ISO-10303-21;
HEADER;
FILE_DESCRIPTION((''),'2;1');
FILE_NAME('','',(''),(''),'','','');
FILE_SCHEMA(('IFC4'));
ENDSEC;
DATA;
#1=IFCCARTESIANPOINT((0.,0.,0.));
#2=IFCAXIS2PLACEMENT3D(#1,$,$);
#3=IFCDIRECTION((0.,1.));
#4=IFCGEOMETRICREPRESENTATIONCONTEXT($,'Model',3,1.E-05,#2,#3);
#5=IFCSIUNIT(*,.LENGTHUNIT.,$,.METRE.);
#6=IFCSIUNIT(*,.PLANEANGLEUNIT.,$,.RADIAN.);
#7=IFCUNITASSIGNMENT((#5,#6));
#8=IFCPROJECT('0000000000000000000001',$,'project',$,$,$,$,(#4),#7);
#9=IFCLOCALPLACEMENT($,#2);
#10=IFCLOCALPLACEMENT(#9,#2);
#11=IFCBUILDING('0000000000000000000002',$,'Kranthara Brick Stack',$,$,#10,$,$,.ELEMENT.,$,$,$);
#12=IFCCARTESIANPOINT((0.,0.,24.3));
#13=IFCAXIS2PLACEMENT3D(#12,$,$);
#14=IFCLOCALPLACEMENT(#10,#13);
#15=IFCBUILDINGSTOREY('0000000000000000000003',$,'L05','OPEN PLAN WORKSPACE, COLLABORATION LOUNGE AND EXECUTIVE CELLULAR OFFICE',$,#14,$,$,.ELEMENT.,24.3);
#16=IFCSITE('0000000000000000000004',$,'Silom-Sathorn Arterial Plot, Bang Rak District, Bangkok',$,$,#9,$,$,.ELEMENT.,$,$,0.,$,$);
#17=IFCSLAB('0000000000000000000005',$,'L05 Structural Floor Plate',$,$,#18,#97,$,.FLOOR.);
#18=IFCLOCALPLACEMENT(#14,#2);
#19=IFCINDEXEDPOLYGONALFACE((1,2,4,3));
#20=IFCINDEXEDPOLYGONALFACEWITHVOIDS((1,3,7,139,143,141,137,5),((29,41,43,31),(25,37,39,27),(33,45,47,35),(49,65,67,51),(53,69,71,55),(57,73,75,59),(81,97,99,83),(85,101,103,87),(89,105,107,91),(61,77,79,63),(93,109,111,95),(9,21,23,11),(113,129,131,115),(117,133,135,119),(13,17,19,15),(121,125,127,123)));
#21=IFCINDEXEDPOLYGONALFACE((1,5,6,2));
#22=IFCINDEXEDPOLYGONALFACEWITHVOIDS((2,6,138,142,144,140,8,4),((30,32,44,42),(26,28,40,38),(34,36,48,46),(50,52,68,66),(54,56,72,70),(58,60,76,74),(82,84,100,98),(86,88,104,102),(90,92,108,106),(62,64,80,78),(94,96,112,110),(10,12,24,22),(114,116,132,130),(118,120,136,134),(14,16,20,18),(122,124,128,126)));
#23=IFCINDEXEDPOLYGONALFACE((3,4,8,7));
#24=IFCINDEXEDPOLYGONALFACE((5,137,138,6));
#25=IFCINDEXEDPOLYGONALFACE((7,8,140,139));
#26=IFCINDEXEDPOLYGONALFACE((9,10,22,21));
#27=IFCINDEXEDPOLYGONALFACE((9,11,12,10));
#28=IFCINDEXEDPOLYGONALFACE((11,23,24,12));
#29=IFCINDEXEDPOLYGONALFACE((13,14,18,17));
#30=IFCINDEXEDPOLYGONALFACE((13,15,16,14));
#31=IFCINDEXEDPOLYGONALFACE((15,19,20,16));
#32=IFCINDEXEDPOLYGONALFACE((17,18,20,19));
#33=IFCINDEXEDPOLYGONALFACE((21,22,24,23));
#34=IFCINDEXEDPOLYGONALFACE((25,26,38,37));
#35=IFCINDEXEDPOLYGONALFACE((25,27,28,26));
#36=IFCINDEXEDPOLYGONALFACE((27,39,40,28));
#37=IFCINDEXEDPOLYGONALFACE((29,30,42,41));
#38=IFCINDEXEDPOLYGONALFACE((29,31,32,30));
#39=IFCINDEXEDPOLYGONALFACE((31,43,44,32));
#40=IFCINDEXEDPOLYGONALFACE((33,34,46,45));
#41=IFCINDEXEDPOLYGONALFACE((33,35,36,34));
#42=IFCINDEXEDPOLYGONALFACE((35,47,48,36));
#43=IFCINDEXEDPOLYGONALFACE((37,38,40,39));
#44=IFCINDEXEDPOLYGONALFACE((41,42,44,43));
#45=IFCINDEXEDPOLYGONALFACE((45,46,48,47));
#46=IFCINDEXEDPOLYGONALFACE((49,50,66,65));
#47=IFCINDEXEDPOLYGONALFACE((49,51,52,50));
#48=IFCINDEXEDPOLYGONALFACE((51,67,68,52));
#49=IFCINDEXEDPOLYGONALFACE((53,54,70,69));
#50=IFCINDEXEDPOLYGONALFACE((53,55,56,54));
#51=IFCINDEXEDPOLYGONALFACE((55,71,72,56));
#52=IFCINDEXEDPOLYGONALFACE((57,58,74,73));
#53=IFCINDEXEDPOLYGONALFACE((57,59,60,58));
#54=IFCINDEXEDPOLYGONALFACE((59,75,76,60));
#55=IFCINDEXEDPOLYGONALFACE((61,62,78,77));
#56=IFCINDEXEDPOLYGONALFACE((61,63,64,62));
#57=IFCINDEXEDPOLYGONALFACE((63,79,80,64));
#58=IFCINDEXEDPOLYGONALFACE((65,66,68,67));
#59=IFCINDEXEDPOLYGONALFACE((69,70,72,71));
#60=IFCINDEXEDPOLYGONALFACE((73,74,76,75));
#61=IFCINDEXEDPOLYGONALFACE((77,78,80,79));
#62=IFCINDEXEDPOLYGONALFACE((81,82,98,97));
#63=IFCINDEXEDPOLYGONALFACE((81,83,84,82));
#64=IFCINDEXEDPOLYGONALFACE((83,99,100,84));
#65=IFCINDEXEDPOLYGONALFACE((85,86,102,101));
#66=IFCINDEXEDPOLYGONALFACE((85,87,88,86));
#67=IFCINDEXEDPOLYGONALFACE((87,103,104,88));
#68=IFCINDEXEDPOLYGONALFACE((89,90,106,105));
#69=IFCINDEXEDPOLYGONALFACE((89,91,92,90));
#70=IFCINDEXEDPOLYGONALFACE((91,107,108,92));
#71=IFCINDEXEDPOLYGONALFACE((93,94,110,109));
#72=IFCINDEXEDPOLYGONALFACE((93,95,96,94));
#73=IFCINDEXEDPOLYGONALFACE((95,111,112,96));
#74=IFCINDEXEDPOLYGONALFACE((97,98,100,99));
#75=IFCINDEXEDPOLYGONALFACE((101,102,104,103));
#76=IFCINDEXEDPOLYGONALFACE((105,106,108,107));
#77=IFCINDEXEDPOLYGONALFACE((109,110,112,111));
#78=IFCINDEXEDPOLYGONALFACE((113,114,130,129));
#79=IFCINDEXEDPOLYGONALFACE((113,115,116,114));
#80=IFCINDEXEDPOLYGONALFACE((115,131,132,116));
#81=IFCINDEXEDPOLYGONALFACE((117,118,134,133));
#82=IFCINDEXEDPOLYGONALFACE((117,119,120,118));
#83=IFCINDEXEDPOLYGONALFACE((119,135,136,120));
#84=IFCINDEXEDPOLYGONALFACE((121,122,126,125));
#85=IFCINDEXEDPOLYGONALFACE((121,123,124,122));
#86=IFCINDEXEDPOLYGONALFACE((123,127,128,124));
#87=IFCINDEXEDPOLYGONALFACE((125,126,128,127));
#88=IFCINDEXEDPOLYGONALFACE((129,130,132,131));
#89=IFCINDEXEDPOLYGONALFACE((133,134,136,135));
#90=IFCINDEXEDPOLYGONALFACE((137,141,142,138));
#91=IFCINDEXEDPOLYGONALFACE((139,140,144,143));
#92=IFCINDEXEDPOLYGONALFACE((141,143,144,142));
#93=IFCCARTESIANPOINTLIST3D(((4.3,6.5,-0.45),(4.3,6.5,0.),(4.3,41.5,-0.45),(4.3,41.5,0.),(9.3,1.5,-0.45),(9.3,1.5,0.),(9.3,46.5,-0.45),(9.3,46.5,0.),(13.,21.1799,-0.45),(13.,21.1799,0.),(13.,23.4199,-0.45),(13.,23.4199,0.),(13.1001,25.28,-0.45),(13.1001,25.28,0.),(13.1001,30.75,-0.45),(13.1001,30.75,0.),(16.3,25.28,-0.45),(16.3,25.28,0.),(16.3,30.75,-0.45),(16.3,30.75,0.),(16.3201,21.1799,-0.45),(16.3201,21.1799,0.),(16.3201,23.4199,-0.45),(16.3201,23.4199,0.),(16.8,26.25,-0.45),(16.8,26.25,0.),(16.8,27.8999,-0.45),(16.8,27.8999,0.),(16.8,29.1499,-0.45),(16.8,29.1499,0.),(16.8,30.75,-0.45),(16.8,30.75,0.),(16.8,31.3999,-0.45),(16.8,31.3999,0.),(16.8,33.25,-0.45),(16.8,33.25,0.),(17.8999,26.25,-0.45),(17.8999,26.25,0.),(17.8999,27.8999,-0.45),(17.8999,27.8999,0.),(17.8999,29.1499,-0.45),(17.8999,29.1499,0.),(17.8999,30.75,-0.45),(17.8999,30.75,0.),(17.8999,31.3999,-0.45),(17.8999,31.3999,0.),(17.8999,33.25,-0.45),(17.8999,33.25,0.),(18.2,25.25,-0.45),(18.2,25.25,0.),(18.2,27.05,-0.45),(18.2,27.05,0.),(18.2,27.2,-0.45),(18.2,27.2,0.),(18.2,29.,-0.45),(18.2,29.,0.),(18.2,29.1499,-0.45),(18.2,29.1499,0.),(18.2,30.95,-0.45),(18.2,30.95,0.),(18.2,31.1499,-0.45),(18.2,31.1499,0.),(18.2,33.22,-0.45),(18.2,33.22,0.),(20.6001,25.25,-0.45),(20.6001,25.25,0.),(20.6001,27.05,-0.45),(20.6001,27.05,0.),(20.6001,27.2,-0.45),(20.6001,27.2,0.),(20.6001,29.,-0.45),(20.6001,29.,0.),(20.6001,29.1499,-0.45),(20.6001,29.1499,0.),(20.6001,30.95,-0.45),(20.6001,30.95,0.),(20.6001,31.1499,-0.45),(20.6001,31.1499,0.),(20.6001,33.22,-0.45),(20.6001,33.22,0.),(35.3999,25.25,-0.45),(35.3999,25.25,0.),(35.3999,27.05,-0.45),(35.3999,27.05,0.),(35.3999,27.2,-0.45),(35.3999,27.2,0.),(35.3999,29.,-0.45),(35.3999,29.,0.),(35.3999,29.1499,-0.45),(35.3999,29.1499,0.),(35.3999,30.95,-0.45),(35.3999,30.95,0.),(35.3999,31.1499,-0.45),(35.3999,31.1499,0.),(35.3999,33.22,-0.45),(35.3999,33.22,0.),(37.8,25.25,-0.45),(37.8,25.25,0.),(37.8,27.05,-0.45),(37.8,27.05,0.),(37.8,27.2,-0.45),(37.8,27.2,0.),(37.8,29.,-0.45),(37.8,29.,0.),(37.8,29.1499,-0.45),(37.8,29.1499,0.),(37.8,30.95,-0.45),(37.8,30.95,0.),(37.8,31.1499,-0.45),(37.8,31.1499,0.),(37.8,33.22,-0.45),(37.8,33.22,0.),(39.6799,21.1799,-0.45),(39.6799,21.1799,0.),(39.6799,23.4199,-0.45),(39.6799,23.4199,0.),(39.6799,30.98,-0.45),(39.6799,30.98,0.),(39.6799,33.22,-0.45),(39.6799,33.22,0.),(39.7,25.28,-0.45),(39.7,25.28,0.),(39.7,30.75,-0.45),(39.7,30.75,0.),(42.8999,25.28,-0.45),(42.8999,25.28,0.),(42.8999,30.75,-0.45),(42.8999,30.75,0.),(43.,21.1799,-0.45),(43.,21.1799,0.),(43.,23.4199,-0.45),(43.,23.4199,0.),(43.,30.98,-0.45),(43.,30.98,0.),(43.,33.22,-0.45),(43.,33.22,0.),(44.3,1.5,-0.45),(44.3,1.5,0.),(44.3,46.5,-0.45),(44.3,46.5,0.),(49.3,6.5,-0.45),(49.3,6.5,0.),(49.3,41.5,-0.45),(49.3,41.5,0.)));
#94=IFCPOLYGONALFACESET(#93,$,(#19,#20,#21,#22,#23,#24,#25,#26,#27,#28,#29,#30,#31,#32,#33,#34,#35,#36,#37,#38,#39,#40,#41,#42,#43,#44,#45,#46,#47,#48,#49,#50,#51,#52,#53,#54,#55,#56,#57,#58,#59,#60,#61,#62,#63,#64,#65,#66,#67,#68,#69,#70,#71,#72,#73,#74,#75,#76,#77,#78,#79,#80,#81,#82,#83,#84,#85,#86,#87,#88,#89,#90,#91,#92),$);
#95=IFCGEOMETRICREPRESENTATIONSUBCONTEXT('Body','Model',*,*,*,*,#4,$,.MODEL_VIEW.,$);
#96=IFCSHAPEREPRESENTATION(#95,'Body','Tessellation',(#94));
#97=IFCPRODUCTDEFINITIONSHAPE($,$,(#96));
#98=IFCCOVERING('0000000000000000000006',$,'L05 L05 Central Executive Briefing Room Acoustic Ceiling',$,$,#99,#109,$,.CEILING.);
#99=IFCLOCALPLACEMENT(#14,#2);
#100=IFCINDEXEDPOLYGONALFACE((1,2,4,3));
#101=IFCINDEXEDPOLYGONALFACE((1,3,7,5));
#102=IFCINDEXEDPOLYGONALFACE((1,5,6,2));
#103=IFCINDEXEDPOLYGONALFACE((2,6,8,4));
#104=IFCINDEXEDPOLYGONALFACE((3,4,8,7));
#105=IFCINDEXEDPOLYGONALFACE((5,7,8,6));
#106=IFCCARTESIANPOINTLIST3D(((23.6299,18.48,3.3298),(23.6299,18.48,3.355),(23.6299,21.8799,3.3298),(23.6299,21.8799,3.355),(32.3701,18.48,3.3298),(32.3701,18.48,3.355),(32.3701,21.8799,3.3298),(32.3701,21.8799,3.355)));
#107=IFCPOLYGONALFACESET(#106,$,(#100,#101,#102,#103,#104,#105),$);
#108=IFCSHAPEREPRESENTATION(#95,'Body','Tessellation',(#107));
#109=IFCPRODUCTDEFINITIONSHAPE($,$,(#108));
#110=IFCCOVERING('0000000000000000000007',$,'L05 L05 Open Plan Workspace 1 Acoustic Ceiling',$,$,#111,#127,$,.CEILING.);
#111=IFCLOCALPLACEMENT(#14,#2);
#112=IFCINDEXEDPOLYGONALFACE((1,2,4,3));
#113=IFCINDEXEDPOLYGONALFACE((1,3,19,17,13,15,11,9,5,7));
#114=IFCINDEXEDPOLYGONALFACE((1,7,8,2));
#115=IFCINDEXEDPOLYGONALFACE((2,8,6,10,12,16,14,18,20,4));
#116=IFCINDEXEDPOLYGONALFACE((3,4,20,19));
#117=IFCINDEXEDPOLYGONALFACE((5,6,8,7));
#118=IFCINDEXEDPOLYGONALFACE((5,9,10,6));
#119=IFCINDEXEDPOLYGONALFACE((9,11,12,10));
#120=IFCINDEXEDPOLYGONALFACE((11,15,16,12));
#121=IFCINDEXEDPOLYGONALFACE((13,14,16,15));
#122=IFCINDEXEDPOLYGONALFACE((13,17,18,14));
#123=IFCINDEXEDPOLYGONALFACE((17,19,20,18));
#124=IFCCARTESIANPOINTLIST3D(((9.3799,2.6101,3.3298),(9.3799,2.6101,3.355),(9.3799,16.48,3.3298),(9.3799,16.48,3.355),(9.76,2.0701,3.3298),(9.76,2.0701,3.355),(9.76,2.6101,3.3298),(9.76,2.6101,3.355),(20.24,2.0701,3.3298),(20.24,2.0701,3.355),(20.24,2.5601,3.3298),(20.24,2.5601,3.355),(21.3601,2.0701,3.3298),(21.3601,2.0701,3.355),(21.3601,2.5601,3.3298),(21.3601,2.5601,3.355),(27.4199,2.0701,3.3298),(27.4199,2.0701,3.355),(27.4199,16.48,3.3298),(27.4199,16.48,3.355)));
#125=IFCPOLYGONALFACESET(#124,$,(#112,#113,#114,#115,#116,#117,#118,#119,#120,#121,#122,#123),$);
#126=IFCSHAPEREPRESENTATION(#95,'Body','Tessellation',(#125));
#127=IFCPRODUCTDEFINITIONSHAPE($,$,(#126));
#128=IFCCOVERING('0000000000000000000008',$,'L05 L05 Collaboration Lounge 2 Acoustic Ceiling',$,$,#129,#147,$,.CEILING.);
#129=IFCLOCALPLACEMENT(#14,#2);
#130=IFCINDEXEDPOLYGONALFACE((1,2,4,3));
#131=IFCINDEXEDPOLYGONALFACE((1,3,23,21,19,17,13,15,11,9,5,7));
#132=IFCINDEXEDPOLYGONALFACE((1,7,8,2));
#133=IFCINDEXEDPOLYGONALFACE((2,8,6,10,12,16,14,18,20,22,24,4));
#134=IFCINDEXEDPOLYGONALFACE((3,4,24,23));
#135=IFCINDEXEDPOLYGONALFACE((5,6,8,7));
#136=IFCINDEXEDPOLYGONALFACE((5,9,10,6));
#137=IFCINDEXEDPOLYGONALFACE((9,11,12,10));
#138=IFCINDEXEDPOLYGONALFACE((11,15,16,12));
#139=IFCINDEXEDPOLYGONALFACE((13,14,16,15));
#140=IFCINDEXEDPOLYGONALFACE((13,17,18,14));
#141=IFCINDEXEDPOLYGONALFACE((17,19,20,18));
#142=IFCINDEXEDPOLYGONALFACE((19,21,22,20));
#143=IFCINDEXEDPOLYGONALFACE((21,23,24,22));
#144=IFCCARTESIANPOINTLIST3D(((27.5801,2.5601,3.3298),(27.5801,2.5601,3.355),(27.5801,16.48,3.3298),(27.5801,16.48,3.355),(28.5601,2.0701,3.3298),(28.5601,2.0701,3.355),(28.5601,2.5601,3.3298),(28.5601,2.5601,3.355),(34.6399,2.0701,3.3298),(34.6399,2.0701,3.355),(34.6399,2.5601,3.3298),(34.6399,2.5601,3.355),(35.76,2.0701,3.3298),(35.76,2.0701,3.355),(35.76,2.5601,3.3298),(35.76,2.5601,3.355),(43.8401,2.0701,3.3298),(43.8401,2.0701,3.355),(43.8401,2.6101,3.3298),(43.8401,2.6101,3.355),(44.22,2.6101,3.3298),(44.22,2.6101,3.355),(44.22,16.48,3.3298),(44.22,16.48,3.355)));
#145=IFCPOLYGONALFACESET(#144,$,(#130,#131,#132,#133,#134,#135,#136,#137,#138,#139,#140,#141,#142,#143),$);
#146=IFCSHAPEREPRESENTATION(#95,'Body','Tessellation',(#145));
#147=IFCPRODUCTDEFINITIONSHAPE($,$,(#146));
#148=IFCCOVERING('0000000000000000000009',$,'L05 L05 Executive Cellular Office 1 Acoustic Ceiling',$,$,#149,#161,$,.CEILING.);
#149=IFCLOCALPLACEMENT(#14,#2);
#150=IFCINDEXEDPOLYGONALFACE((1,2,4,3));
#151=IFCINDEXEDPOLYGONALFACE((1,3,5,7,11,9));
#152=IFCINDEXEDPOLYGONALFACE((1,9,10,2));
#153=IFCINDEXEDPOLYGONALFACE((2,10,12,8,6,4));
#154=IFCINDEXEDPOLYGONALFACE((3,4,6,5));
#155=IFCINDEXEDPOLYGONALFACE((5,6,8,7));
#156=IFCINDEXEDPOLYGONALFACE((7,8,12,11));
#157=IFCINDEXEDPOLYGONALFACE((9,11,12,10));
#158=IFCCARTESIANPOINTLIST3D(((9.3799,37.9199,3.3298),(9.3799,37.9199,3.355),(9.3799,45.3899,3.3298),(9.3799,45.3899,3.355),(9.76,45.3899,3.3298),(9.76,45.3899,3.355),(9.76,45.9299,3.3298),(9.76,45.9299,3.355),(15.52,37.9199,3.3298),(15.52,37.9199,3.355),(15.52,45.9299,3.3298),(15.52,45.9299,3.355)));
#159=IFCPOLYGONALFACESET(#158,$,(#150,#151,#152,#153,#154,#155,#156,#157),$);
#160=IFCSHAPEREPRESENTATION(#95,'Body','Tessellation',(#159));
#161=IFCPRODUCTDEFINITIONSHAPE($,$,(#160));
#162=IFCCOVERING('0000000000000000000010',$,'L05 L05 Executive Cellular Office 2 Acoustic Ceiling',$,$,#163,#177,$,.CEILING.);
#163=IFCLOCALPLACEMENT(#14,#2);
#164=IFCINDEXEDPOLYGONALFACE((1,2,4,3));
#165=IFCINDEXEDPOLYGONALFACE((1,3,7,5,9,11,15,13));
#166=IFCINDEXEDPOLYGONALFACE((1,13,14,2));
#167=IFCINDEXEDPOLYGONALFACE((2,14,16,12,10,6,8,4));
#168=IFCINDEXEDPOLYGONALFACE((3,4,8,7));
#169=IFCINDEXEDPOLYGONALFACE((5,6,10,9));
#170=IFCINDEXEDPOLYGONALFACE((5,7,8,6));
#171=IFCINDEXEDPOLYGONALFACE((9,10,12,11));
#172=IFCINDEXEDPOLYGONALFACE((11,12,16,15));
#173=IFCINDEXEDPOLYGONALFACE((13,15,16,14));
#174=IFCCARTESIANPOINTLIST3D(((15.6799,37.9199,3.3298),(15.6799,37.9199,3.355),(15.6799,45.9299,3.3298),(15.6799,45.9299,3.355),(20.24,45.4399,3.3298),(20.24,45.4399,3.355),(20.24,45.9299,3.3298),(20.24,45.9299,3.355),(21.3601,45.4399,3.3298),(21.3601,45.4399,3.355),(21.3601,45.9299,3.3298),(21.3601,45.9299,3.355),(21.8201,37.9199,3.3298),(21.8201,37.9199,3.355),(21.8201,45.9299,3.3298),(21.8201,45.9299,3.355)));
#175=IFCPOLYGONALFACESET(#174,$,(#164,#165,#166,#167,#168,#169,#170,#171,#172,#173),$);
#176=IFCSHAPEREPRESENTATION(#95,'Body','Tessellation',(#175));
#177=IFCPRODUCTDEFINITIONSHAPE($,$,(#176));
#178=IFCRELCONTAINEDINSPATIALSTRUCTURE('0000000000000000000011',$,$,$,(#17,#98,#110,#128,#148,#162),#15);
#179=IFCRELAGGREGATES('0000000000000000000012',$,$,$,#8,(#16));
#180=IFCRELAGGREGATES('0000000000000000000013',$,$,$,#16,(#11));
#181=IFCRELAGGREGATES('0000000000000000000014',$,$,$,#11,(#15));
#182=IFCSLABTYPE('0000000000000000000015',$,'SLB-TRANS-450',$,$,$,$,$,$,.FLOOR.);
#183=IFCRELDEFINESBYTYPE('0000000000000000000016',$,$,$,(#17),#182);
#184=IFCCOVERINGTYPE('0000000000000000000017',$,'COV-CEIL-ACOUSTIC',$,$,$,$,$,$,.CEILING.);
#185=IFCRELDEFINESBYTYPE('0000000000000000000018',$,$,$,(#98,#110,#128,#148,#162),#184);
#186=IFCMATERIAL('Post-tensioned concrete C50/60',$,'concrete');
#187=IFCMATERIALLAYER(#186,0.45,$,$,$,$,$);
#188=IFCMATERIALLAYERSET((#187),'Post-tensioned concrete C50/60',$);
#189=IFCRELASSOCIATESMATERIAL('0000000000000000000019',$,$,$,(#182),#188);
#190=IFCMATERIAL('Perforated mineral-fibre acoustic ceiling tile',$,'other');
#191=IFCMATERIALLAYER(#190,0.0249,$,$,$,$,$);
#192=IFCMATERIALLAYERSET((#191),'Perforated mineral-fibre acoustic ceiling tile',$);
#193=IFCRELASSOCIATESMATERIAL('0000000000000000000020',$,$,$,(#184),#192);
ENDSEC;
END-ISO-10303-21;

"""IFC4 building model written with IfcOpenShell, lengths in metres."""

from ifc_helpers import new_model, si_unit, direction, frame, origin, place, context, subcontext, project, spatial, polyline, outline, extrude, material, layer, layer_set, type_object, element, save


model = new_model("IFC4")

# Units and contexts
model_context = context("Model", 3, precision=1e-05, world=origin(), true_north=direction((0.0, 1.0)))
body_context = subcontext(model_context, "Body", "Model", "MODEL_VIEW")
ifc_project = project(units=[si_unit("LENGTHUNIT", "METRE"), si_unit("PLANEANGLEUNIT", "RADIAN")], contexts=[model_context])

# Site, building, storey
site_placement = place(None, origin())
site = spatial("IfcSite", under=ifc_project, at=site_placement, Name="Silom-Sathorn Arterial Plot, Bang Rak District, Bangkok", CompositionType="ELEMENT", RefElevation=0.0)
building_placement = place(site_placement, origin())
building = spatial("IfcBuilding", under=site, at=building_placement, Name="Kranthara Brick Stack", CompositionType="ELEMENT")
storey_placement = place(building_placement, frame((0.0, 0.0, 24.3)))
storey = spatial("IfcBuildingStorey", under=building, at=storey_placement, Name="L05", Description="OPEN PLAN WORKSPACE, COLLABORATION LOUNGE AND EXECUTIVE CELLULAR OFFICE", CompositionType="ELEMENT", Elevation=24.3)

# Slab
ifc_material_1 = material(Name="Post-tensioned concrete C50/60", Category="concrete")
ifc_layer_1 = layer(ifc_material_1, 0.45)
ifc_layer_set_1 = layer_set([ifc_layer_1], Name="Post-tensioned concrete C50/60")
slab_type_1 = type_object("IfcSlabType", Name="SLB-TRANS-450", PredefinedType="FLOOR", material=ifc_layer_set_1)
slab_1_placement = place(storey_placement, frame((0.0, 0.0, -0.45)))
element("IfcSlab", 1, at=slab_1_placement, inside=storey, type_object=slab_type_1, Name="L05 Structural Floor Plate", PredefinedType="FLOOR", context=body_context, shape_type="SweptSolid", body=[
    extrude(outline(polyline([(9.3, 1.5), (44.3, 1.5), (49.3, 6.5), (49.3, 41.5), (44.3, 46.5), (9.3, 46.5), (4.3, 41.5), (4.3, 6.5), (9.3, 1.5)]), holes=[polyline([(13.1001, 25.28), (16.3, 25.28), (16.3, 30.75), (13.1001, 30.75), (13.1001, 25.28)]), polyline([(39.7, 25.28), (42.8999, 25.28), (42.8999, 30.75), (39.7, 30.75), (39.7, 25.28)]), polyline([(13.0, 21.1799), (16.3201, 21.1799), (16.3201, 23.4199), (13.0, 23.4199), (13.0, 21.1799)]), polyline([(39.6799, 21.1799), (43.0, 21.1799), (43.0, 23.4199), (39.6799, 23.4199), (39.6799, 21.1799)]), polyline([(39.6799, 30.98), (43.0, 30.98), (43.0, 33.22), (39.6799, 33.22), (39.6799, 30.98)]), polyline([(18.2, 25.25), (20.6001, 25.25), (20.6001, 27.05), (18.2, 27.05), (18.2, 25.25)]), polyline([(18.2, 27.2), (20.6001, 27.2), (20.6001, 29.0), (18.2, 29.0), (18.2, 27.2)]), polyline([(18.2, 29.1499), (20.6001, 29.1499), (20.6001, 30.95), (18.2, 30.95), (18.2, 29.1499)]), polyline([(35.3999, 25.25), (37.8, 25.25), (37.8, 27.05), (35.3999, 27.05), (35.3999, 25.25)]), polyline([(35.3999, 27.2), (37.8, 27.2), (37.8, 29.0), (35.3999, 29.0), (35.3999, 27.2)]), polyline([(35.3999, 29.1499), (37.8, 29.1499), (37.8, 30.95), (35.3999, 30.95), (35.3999, 29.1499)]), polyline([(18.2, 31.1499), (20.6001, 31.1499), (20.6001, 33.22), (18.2, 33.22), (18.2, 31.1499)]), polyline([(35.3999, 31.1499), (37.8, 31.1499), (37.8, 33.22), (35.3999, 33.22), (35.3999, 31.1499)]), polyline([(16.8, 26.25), (17.8999, 26.25), (17.8999, 27.8999), (16.8, 27.8999), (16.8, 26.25)]), polyline([(16.8, 29.1499), (17.8999, 29.1499), (17.8999, 30.75), (16.8, 30.75), (16.8, 29.1499)]), polyline([(16.8, 31.3999), (17.8999, 31.3999), (17.8999, 33.25), (16.8, 33.25), (16.8, 31.3999)])]), origin(), (0.0, 0.0, 1.0), 0.45),
])

# Coverings
ifc_material_2 = material(Name="Perforated mineral-fibre acoustic ceiling tile", Category="other")
ifc_layer_2 = layer(ifc_material_2, 0.0249)
ifc_layer_set_2 = layer_set([ifc_layer_2], Name="Perforated mineral-fibre acoustic ceiling tile")
covering_type_1 = type_object("IfcCoveringType", Name="COV-CEIL-ACOUSTIC", PredefinedType="CEILING", material=ifc_layer_set_2)
covering_1_placement = place(storey_placement, frame((0.0, 0.0, 3.3298)))
element("IfcCovering", 2, at=covering_1_placement, inside=storey, type_object=covering_type_1, Name="L05 L05 Central Executive Briefing Room Acoustic Ceiling", PredefinedType="CEILING", context=body_context, shape_type="SweptSolid", body=[
    extrude(outline(polyline([(32.3701, 18.48), (32.3701, 21.8799), (23.6299, 21.8799), (23.6299, 18.48), (32.3701, 18.48)])), origin(), (0.0, 0.0, 1.0), 0.0251),
])
covering_2_placement = place(storey_placement, frame((0.0, 0.0, 3.3298)))
element("IfcCovering", 3, at=covering_2_placement, inside=storey, type_object=covering_type_1, Name="L05 L05 Open Plan Workspace 1 Acoustic Ceiling", PredefinedType="CEILING", context=body_context, shape_type="SweptSolid", body=[
    extrude(outline(polyline([(27.4199, 16.48), (27.4199, 2.0701), (21.3601, 2.0701), (21.3601, 2.5601), (20.24, 2.5601), (20.24, 2.0701), (9.76, 2.0701), (9.76, 2.6101), (9.3799, 2.6101), (9.3799, 16.48), (27.4199, 16.48)])), origin(), (0.0, 0.0, 1.0), 0.0251),
])
covering_3_placement = place(storey_placement, frame((0.0, 0.0, 3.3298)))
element("IfcCovering", 4, at=covering_3_placement, inside=storey, type_object=covering_type_1, Name="L05 L05 Collaboration Lounge 2 Acoustic Ceiling", PredefinedType="CEILING", context=body_context, shape_type="SweptSolid", body=[
    extrude(outline(polyline([(44.22, 2.6101), (43.8401, 2.6101), (43.8401, 2.0701), (35.76, 2.0701), (35.76, 2.5601), (34.6399, 2.5601), (34.6399, 2.0701), (28.5601, 2.0701), (28.5601, 2.5601), (27.5801, 2.5601), (27.5801, 16.48), (44.22, 16.48), (44.22, 2.6101)])), origin(), (0.0, 0.0, 1.0), 0.0251),
])
covering_4_placement = place(storey_placement, frame((0.0, 0.0, 3.3298)))
element("IfcCovering", 5, at=covering_4_placement, inside=storey, type_object=covering_type_1, Name="L05 L05 Executive Cellular Office 1 Acoustic Ceiling", PredefinedType="CEILING", context=body_context, shape_type="SweptSolid", body=[
    extrude(outline(polyline([(15.52, 45.9299), (15.52, 37.9199), (9.3799, 37.9199), (9.3799, 45.3899), (9.76, 45.3899), (9.76, 45.9299), (15.52, 45.9299)])), origin(), (0.0, 0.0, 1.0), 0.0251),
])
covering_5_placement = place(storey_placement, frame((0.0, 0.0, 3.3298)))
element("IfcCovering", 6, at=covering_5_placement, inside=storey, type_object=covering_type_1, Name="L05 L05 Executive Cellular Office 2 Acoustic Ceiling", PredefinedType="CEILING", context=body_context, shape_type="SweptSolid", body=[
    extrude(outline(polyline([(21.8201, 45.9299), (21.8201, 37.9199), (15.6799, 37.9199), (15.6799, 45.9299), (20.24, 45.9299), (20.24, 45.4399), (21.3601, 45.4399), (21.3601, 45.9299), (21.8201, 45.9299)])), origin(), (0.0, 0.0, 1.0), 0.0251),
])

save(model, "model.ifc")
